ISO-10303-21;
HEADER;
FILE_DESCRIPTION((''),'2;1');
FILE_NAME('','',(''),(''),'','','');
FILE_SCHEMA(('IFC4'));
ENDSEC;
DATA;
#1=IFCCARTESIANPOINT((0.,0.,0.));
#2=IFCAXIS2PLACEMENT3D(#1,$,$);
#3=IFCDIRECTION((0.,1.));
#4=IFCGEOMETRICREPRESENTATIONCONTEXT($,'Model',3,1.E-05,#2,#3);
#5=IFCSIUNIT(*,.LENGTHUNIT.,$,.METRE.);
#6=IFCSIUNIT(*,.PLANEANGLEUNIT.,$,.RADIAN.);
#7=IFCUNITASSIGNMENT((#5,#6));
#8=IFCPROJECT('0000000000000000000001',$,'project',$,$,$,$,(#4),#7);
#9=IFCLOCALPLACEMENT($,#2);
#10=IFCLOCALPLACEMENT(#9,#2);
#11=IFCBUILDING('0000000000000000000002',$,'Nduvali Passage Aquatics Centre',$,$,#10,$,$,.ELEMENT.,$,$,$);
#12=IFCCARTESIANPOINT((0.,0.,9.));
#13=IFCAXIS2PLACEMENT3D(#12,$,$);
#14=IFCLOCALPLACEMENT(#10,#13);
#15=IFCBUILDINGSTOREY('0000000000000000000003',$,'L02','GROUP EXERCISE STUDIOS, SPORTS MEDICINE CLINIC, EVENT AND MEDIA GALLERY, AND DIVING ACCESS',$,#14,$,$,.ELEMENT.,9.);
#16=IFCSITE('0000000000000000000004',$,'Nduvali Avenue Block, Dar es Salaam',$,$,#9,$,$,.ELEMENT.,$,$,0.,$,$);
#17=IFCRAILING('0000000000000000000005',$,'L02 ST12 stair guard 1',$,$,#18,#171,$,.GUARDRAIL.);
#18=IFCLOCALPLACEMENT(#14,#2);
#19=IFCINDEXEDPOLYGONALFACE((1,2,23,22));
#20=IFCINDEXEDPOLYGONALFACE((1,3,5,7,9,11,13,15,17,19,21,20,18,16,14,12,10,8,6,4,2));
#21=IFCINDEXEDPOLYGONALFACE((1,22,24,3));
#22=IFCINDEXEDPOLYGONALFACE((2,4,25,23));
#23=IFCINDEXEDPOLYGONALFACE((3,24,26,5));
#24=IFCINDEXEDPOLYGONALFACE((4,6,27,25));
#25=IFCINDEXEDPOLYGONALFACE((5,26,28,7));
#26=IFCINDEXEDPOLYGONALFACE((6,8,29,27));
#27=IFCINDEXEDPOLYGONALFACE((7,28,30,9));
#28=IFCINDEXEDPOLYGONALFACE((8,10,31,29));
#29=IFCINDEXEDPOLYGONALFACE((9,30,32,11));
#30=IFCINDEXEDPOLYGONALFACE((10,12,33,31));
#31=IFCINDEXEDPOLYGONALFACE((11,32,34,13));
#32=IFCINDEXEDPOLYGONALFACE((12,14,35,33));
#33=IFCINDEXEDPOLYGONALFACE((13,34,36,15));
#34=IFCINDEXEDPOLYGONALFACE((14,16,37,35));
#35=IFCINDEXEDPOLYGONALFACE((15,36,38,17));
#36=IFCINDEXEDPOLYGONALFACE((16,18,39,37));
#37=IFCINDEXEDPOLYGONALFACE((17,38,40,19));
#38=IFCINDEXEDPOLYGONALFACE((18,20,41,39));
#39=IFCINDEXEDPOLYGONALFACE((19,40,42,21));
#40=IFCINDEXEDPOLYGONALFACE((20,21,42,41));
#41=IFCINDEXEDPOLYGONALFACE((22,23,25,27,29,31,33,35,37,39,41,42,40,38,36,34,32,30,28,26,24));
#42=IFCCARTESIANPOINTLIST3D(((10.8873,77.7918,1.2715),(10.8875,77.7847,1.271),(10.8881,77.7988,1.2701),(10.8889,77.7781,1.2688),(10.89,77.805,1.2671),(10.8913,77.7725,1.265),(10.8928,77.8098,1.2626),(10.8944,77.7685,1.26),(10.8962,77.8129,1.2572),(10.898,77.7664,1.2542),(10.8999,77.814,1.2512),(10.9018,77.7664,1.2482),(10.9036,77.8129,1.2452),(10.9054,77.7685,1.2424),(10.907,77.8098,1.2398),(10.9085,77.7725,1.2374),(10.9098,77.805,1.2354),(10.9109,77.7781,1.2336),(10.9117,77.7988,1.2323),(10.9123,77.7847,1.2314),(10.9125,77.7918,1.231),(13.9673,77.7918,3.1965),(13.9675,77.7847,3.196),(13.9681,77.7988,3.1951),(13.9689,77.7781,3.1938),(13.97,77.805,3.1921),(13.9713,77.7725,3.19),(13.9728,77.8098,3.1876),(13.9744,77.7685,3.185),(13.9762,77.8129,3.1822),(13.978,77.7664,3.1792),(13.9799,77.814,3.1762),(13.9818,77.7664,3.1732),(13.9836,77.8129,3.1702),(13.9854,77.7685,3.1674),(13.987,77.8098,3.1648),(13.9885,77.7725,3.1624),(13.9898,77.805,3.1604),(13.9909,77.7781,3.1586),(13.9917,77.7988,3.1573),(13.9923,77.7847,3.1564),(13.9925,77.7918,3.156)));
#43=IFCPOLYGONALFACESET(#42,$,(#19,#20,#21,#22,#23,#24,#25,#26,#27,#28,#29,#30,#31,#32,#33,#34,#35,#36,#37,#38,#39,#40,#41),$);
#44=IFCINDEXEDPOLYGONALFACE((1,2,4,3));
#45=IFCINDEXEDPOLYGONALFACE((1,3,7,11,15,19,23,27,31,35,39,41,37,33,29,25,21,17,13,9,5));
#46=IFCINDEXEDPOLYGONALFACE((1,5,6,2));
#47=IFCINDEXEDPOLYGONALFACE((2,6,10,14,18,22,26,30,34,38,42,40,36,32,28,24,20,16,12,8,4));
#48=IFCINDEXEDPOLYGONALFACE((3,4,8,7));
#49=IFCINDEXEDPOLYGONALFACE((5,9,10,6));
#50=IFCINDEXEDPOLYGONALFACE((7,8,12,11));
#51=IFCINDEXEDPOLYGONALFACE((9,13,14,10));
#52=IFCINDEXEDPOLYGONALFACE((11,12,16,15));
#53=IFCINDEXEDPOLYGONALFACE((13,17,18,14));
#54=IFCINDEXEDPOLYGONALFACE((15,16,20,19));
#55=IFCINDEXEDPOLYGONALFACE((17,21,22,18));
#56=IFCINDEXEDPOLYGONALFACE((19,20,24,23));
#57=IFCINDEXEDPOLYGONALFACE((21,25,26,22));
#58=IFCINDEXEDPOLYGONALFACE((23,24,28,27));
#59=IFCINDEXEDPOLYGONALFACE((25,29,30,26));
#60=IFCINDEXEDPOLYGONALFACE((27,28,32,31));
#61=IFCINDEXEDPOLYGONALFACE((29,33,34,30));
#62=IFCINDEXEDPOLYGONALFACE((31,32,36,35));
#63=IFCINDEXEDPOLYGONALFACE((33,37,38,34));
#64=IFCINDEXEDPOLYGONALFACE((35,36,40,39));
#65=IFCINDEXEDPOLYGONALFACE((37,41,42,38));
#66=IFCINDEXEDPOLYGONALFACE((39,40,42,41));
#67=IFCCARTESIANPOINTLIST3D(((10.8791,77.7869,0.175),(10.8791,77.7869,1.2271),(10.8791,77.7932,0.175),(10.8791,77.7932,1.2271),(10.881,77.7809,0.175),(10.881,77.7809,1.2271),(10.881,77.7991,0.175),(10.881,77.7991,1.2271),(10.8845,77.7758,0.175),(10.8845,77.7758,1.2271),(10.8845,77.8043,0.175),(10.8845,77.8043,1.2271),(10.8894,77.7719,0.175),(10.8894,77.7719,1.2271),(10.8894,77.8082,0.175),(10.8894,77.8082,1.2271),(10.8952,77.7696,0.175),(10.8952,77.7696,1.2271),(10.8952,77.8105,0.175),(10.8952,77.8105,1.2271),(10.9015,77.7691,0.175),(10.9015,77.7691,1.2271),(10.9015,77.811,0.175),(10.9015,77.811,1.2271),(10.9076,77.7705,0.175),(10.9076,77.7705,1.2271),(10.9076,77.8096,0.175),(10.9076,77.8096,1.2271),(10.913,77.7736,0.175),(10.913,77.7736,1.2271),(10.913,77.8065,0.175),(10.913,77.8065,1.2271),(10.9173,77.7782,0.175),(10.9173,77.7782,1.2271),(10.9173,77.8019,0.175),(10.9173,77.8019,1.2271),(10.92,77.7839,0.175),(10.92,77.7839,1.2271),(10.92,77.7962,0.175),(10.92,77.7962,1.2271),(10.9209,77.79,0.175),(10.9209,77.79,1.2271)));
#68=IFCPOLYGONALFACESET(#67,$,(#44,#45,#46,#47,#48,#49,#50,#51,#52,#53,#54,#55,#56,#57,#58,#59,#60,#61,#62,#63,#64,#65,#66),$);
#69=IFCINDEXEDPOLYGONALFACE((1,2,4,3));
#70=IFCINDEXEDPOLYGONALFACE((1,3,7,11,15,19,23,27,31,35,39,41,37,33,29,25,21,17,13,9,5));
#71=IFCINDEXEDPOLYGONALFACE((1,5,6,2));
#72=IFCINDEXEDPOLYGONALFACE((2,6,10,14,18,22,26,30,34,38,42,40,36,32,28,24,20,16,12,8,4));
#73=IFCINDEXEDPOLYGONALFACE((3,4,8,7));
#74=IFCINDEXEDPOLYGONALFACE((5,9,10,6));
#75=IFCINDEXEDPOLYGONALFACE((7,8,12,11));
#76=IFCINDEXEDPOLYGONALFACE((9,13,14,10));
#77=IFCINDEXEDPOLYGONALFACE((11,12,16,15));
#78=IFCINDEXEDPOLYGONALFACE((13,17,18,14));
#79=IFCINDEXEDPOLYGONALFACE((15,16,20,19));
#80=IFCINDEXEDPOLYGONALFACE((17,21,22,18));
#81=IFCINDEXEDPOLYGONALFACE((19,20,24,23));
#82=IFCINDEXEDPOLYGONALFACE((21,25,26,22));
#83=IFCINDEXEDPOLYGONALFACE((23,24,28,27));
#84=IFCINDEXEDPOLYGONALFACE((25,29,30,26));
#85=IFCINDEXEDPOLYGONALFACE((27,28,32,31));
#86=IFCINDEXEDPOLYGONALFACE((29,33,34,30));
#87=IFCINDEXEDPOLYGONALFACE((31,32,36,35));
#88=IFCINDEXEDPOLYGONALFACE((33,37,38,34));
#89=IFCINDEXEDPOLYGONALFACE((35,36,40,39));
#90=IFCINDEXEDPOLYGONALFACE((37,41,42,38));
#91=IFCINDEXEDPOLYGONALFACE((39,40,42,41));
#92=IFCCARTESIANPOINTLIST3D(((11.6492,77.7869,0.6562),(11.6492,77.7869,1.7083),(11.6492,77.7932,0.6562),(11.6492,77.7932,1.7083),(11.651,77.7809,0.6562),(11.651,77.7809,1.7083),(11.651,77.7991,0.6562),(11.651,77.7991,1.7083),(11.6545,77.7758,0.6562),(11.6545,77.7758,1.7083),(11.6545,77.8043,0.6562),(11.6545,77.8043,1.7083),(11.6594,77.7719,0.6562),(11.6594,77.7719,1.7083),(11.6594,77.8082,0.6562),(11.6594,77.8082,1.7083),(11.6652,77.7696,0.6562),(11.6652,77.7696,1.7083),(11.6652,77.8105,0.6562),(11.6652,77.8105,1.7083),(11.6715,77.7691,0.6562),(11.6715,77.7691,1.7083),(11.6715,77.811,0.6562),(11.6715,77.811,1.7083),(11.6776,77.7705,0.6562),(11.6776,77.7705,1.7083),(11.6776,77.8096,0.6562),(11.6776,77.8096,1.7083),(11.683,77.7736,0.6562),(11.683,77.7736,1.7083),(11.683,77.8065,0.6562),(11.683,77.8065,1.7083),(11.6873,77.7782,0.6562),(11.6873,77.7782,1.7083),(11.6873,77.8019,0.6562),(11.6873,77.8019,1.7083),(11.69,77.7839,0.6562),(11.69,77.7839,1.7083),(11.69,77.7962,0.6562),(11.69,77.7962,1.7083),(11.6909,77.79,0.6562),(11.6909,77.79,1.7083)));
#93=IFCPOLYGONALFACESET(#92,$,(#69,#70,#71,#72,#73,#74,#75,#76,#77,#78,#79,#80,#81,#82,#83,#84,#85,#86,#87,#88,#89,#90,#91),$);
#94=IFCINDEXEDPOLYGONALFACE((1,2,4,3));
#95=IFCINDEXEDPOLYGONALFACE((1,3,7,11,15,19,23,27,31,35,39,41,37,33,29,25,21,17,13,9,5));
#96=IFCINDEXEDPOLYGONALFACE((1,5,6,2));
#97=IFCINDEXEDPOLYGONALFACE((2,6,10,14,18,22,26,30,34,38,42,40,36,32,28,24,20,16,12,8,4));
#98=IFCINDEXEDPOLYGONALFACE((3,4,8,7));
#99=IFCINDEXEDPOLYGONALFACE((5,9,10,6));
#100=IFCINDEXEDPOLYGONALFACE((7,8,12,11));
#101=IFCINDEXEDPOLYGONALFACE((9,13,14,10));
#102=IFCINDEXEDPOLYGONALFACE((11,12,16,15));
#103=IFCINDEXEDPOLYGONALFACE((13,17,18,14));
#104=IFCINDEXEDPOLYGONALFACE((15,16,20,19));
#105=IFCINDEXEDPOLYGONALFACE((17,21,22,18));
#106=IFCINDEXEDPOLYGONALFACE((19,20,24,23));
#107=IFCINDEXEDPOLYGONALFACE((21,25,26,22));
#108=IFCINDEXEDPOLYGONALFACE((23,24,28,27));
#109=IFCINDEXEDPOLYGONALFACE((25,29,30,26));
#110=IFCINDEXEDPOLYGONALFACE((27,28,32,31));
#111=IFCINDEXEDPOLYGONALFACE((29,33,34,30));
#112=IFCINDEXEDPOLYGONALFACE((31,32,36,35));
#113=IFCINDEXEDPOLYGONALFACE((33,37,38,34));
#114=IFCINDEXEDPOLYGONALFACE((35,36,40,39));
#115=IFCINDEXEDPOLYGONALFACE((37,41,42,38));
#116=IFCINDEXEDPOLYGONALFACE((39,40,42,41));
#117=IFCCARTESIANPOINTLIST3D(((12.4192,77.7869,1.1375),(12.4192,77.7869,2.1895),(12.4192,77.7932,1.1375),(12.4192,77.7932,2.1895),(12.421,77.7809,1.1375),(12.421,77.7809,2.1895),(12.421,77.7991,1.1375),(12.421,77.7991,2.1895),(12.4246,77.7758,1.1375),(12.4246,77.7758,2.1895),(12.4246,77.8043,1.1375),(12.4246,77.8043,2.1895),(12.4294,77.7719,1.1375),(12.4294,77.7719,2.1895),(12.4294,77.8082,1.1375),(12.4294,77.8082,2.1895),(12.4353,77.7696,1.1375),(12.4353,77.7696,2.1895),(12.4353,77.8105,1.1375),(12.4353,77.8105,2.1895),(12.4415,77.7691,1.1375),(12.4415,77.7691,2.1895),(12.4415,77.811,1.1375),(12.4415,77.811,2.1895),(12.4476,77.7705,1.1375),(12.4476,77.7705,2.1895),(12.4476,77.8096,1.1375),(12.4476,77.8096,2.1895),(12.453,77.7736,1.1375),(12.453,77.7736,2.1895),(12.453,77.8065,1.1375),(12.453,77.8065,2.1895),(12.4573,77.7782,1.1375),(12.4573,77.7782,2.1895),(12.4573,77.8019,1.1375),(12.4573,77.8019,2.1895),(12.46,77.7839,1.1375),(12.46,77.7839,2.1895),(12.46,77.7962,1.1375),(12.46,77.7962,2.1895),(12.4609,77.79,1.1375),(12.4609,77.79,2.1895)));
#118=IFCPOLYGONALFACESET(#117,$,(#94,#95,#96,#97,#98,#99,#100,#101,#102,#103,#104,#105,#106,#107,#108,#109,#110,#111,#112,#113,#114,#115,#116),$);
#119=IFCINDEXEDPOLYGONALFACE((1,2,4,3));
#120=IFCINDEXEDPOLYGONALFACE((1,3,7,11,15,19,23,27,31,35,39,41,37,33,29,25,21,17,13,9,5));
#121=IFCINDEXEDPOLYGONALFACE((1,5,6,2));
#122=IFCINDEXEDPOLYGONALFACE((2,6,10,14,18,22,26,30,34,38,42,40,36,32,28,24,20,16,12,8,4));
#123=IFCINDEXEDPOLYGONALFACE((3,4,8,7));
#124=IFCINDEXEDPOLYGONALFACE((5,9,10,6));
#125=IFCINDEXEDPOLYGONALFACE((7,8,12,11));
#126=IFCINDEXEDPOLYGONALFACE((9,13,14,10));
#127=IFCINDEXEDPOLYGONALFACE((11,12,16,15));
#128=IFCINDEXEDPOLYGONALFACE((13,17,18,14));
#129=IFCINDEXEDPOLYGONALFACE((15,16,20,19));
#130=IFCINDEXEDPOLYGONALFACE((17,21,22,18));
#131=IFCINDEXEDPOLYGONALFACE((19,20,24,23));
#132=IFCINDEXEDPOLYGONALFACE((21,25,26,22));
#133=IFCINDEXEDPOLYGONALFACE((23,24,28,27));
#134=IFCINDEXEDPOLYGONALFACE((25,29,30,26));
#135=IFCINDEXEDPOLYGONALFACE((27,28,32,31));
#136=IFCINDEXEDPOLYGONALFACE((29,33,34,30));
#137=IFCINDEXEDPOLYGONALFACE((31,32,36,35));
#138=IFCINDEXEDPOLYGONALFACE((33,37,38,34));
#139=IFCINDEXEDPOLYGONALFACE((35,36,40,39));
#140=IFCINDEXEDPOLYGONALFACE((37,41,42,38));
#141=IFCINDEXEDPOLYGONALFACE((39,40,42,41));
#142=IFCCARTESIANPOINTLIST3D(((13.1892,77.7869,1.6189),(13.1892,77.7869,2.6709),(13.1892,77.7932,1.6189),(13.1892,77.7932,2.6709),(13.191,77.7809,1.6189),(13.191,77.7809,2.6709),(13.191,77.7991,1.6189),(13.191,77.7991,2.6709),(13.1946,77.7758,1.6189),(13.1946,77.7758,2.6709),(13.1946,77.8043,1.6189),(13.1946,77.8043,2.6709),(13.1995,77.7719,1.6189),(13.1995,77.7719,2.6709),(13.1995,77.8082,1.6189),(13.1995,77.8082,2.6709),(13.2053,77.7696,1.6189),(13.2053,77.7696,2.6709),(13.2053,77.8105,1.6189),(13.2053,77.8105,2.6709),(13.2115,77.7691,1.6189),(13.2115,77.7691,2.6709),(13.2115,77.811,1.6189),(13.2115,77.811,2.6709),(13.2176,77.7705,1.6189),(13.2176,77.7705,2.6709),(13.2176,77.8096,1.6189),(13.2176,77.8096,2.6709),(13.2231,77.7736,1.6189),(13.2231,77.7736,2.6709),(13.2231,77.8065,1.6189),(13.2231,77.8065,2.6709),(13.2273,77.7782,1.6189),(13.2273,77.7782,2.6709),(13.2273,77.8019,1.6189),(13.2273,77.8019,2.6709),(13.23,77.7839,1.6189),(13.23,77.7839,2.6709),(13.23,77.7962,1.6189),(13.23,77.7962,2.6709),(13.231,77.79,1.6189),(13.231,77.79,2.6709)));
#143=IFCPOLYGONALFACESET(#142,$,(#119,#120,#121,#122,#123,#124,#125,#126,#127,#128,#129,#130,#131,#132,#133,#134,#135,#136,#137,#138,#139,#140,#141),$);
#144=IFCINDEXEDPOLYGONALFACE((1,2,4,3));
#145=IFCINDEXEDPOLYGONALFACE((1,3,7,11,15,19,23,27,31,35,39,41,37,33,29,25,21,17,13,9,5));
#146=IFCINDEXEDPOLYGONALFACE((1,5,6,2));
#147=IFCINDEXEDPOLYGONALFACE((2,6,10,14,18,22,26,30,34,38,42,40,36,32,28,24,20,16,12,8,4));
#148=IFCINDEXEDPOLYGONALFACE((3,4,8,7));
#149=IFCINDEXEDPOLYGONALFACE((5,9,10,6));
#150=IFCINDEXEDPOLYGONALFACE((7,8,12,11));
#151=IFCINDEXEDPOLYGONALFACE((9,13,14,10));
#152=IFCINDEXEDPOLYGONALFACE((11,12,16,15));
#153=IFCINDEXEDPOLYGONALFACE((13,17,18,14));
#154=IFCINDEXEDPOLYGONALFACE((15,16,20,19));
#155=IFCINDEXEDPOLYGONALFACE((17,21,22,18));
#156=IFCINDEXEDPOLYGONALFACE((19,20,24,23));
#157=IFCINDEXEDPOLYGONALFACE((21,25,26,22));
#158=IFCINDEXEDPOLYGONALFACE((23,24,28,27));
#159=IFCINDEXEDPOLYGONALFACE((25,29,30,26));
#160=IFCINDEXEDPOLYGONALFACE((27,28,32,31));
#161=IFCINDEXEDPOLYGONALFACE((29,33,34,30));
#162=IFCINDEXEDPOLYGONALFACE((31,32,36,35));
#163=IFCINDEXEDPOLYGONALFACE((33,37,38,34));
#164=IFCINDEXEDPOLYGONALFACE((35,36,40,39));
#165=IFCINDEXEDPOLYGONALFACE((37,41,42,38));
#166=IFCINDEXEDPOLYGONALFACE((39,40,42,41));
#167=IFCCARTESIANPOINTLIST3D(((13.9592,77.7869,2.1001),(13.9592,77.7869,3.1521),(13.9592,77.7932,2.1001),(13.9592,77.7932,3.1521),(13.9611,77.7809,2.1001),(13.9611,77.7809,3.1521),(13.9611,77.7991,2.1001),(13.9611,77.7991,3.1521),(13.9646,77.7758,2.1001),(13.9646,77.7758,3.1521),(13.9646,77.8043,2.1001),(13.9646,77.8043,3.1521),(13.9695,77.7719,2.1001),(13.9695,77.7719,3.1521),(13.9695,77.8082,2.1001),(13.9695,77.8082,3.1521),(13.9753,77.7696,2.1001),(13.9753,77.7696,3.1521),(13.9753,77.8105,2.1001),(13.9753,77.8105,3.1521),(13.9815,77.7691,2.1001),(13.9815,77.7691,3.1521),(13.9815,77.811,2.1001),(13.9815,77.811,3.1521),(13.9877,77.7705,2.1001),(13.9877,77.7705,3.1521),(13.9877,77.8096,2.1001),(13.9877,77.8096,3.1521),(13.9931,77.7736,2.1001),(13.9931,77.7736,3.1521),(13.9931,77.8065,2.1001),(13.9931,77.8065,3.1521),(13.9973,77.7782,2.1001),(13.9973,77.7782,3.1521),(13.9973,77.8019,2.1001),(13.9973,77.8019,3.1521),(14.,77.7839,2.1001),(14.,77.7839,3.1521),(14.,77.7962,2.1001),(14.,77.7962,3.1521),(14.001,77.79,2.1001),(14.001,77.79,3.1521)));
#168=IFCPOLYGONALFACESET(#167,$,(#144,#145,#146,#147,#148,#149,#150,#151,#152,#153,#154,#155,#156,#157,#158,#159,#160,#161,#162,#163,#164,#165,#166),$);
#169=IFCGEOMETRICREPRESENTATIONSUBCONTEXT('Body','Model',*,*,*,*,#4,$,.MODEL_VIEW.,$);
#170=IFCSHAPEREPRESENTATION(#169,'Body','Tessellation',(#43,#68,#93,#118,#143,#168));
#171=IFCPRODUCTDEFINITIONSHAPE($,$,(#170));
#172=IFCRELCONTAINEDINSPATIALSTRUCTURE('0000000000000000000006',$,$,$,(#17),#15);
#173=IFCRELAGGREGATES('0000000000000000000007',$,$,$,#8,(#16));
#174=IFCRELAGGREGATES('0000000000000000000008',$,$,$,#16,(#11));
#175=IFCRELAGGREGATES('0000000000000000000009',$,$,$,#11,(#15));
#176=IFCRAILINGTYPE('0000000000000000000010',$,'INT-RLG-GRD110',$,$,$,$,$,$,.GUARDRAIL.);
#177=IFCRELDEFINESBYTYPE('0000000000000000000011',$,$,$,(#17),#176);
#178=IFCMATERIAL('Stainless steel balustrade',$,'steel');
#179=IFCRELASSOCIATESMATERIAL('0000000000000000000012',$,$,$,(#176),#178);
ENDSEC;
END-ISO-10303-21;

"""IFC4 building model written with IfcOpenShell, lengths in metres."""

from ifc_helpers import new_model, si_unit, direction, frame, origin, origin_2d, place, context, subcontext, project, spatial, circle, extrude, material, type_object, element, save


model = new_model("IFC4")

# Units and contexts
model_context = context("Model", 3, precision=1e-05, world=origin(), true_north=direction((0.0, 1.0)))
body_context = subcontext(model_context, "Body", "Model", "MODEL_VIEW")
ifc_project = project(units=[si_unit("LENGTHUNIT", "METRE"), si_unit("PLANEANGLEUNIT", "RADIAN")], contexts=[model_context])

# Site, building, storey
site_placement = place(None, origin())
site = spatial("IfcSite", under=ifc_project, at=site_placement, Name="Nduvali Avenue Block, Dar es Salaam", CompositionType="ELEMENT", RefElevation=0.0)
building_placement = place(site_placement, origin())
building = spatial("IfcBuilding", under=site, at=building_placement, Name="Nduvali Passage Aquatics Centre", CompositionType="ELEMENT")
storey_placement = place(building_placement, frame((0.0, 0.0, 9.0)))
storey = spatial("IfcBuildingStorey", under=building, at=storey_placement, Name="L02", Description="GROUP EXERCISE STUDIOS, SPORTS MEDICINE CLINIC, EVENT AND MEDIA GALLERY, AND DIVING ACCESS", CompositionType="ELEMENT", Elevation=9.0)

# Railing
ifc_material_1 = material(Name="Stainless steel balustrade", Category="steel")
railing_type_1 = type_object("IfcRailingType", Name="INT-RLG-GRD110", PredefinedType="GUARDRAIL", material=ifc_material_1)
railing_1_placement = place(storey_placement, frame((10.8999, 77.79, 0.175)))
element("IfcRailing", 1, at=railing_1_placement, inside=storey, type_object=railing_type_1, Name="L02 ST12 stair guard 1", PredefinedType="GUARDRAIL", context=body_context, shape_type="SweptSolid", body=[
    extrude(circle(Radius=0.0239, at=origin_2d()), frame((0.0, 0.0, 1.0762), z_axis=(0.847998, 0.0, 0.529999), x_axis=(0.0, 1.0, 0.0)), (0.0, 0.0, 1.0), 3.6321),
    extrude(circle(Radius=0.021, at=origin_2d()), origin(), (0.0, 0.0, 1.0), 1.052),
    extrude(circle(Radius=0.021, at=origin_2d()), frame((0.77, 0.0, 0.4812)), (0.0, 0.0, 1.0), 1.052),
    extrude(circle(Radius=0.021, at=origin_2d()), frame((1.54, 0.0, 0.9624)), (0.0, 0.0, 1.0), 1.052),
    extrude(circle(Radius=0.021, at=origin_2d()), frame((2.3101, 0.0, 1.4438)), (0.0, 0.0, 1.0), 1.052),
    extrude(circle(Radius=0.021, at=origin_2d()), frame((3.0801, 0.0, 1.925)), (0.0, 0.0, 1.0), 1.052),
])

save(model, "model.ifc")
